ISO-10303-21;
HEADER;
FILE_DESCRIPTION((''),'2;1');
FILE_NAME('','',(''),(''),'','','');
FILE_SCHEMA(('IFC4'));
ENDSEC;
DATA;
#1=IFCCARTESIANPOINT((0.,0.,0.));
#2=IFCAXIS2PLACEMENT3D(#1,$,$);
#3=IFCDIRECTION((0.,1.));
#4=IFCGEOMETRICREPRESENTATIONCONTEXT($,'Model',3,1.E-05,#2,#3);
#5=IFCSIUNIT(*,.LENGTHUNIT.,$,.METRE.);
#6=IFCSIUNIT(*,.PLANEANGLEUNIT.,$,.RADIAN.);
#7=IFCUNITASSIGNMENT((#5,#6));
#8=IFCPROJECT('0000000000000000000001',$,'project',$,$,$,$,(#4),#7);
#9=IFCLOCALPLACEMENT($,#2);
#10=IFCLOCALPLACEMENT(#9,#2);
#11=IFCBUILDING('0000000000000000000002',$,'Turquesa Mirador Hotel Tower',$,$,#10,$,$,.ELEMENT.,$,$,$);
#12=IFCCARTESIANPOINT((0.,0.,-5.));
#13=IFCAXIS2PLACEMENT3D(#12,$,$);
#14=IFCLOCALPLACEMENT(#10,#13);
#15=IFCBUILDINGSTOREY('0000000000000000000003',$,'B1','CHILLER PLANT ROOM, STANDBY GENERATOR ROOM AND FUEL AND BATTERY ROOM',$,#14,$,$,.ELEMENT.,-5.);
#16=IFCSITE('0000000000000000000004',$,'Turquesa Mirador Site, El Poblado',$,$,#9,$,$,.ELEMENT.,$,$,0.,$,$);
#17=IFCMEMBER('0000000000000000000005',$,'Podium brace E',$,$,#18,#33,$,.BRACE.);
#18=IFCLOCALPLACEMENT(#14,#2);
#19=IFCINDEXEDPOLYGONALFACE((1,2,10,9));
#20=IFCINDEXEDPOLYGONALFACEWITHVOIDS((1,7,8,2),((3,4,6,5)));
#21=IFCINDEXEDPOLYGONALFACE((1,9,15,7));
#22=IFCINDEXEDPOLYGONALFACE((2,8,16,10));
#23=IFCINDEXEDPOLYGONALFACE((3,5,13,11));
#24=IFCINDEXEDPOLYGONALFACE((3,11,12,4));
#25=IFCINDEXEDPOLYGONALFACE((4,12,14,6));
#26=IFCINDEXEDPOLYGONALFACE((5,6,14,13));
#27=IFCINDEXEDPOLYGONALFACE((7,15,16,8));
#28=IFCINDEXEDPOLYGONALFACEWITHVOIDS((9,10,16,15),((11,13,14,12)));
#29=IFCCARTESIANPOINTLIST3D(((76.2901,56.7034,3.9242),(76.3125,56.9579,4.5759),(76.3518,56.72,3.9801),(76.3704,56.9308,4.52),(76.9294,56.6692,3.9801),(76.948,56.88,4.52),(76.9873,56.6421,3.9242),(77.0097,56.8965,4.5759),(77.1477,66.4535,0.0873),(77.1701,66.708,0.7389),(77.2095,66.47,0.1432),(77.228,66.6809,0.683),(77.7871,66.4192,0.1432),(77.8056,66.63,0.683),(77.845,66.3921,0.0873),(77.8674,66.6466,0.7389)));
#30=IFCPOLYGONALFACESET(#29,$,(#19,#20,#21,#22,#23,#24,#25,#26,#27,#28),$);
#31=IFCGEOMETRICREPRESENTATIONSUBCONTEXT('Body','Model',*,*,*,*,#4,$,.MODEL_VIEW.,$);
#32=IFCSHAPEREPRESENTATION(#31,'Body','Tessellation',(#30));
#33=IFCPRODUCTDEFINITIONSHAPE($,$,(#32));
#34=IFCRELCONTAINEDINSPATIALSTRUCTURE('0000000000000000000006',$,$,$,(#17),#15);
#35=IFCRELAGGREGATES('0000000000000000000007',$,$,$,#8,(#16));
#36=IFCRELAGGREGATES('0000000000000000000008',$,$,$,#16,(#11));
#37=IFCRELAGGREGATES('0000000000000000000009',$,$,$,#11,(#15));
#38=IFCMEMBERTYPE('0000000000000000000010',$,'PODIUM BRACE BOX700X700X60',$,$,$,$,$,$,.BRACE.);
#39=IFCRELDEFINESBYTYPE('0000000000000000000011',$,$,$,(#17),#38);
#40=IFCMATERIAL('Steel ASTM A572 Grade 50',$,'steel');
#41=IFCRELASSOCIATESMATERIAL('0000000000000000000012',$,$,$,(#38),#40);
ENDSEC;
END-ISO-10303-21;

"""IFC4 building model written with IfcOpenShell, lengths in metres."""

from ifc_helpers import new_model, si_unit, direction, frame, origin, origin_2d, place, context, subcontext, project, spatial, hollow_rectangle, extrude, material, material_profile, profile_set, type_object, element, save


model = new_model("IFC4")

# Units and contexts
model_context = context("Model", 3, precision=1e-05, world=origin(), true_north=direction((0.0, 1.0)))
body_context = subcontext(model_context, "Body", "Model", "MODEL_VIEW")
ifc_project = project(units=[si_unit("LENGTHUNIT", "METRE"), si_unit("PLANEANGLEUNIT", "RADIAN")], contexts=[model_context])

# Site, building, storey
site_placement = place(None, origin())
site = spatial("IfcSite", under=ifc_project, at=site_placement, Name="Turquesa Mirador Site, El Poblado", CompositionType="ELEMENT", RefElevation=0.0)
building_placement = place(site_placement, origin())
building = spatial("IfcBuilding", under=site, at=building_placement, Name="Turquesa Mirador Hotel Tower", CompositionType="ELEMENT")
storey_placement = place(building_placement, frame((0.0, 0.0, -5.0)))
storey = spatial("IfcBuildingStorey", under=building, at=storey_placement, Name="B1", Description="CHILLER PLANT ROOM, STANDBY GENERATOR ROOM AND FUEL AND BATTERY ROOM", CompositionType="ELEMENT", Elevation=-5.0)

# Member
ifc_material_1 = material(Name="Steel ASTM A572 Grade 50", Category="steel")
ifc_material_profile_1 = material_profile(ifc_material_1, hollow_rectangle(XDim=0.7, YDim=0.7, WallThickness=0.0601, at=origin_2d()), Name="BOX700X700X60")
ifc_profile_set_1 = profile_set([ifc_material_profile_1], Name="Steel ASTM A572 Grade 50")
member_type = type_object("IfcMemberType", Name="PODIUM BRACE BOX700X700X60", PredefinedType="BRACE", material=ifc_profile_set_1)
for number, where, z_axis, x_axis, name in (
    (1, (77.5076, 66.55, 0.4131), (-0.081583, -0.927436, 0.364974), (0.996153, -0.087627, 0.0), "Podium brace E"),
):
    element("IfcMember", number, at=place(storey_placement, frame(where, z_axis=z_axis, x_axis=x_axis)), inside=storey, type_object=member_type, Name=name, PredefinedType="BRACE", context=body_context, shape_type="SweptSolid", body=[
        extrude(hollow_rectangle(XDim=0.7, YDim=0.7, WallThickness=0.0601, at=origin_2d()), origin(), (0.0, 0.0, 1.0), 10.5129),
    ])

save(model, "model.ifc")
